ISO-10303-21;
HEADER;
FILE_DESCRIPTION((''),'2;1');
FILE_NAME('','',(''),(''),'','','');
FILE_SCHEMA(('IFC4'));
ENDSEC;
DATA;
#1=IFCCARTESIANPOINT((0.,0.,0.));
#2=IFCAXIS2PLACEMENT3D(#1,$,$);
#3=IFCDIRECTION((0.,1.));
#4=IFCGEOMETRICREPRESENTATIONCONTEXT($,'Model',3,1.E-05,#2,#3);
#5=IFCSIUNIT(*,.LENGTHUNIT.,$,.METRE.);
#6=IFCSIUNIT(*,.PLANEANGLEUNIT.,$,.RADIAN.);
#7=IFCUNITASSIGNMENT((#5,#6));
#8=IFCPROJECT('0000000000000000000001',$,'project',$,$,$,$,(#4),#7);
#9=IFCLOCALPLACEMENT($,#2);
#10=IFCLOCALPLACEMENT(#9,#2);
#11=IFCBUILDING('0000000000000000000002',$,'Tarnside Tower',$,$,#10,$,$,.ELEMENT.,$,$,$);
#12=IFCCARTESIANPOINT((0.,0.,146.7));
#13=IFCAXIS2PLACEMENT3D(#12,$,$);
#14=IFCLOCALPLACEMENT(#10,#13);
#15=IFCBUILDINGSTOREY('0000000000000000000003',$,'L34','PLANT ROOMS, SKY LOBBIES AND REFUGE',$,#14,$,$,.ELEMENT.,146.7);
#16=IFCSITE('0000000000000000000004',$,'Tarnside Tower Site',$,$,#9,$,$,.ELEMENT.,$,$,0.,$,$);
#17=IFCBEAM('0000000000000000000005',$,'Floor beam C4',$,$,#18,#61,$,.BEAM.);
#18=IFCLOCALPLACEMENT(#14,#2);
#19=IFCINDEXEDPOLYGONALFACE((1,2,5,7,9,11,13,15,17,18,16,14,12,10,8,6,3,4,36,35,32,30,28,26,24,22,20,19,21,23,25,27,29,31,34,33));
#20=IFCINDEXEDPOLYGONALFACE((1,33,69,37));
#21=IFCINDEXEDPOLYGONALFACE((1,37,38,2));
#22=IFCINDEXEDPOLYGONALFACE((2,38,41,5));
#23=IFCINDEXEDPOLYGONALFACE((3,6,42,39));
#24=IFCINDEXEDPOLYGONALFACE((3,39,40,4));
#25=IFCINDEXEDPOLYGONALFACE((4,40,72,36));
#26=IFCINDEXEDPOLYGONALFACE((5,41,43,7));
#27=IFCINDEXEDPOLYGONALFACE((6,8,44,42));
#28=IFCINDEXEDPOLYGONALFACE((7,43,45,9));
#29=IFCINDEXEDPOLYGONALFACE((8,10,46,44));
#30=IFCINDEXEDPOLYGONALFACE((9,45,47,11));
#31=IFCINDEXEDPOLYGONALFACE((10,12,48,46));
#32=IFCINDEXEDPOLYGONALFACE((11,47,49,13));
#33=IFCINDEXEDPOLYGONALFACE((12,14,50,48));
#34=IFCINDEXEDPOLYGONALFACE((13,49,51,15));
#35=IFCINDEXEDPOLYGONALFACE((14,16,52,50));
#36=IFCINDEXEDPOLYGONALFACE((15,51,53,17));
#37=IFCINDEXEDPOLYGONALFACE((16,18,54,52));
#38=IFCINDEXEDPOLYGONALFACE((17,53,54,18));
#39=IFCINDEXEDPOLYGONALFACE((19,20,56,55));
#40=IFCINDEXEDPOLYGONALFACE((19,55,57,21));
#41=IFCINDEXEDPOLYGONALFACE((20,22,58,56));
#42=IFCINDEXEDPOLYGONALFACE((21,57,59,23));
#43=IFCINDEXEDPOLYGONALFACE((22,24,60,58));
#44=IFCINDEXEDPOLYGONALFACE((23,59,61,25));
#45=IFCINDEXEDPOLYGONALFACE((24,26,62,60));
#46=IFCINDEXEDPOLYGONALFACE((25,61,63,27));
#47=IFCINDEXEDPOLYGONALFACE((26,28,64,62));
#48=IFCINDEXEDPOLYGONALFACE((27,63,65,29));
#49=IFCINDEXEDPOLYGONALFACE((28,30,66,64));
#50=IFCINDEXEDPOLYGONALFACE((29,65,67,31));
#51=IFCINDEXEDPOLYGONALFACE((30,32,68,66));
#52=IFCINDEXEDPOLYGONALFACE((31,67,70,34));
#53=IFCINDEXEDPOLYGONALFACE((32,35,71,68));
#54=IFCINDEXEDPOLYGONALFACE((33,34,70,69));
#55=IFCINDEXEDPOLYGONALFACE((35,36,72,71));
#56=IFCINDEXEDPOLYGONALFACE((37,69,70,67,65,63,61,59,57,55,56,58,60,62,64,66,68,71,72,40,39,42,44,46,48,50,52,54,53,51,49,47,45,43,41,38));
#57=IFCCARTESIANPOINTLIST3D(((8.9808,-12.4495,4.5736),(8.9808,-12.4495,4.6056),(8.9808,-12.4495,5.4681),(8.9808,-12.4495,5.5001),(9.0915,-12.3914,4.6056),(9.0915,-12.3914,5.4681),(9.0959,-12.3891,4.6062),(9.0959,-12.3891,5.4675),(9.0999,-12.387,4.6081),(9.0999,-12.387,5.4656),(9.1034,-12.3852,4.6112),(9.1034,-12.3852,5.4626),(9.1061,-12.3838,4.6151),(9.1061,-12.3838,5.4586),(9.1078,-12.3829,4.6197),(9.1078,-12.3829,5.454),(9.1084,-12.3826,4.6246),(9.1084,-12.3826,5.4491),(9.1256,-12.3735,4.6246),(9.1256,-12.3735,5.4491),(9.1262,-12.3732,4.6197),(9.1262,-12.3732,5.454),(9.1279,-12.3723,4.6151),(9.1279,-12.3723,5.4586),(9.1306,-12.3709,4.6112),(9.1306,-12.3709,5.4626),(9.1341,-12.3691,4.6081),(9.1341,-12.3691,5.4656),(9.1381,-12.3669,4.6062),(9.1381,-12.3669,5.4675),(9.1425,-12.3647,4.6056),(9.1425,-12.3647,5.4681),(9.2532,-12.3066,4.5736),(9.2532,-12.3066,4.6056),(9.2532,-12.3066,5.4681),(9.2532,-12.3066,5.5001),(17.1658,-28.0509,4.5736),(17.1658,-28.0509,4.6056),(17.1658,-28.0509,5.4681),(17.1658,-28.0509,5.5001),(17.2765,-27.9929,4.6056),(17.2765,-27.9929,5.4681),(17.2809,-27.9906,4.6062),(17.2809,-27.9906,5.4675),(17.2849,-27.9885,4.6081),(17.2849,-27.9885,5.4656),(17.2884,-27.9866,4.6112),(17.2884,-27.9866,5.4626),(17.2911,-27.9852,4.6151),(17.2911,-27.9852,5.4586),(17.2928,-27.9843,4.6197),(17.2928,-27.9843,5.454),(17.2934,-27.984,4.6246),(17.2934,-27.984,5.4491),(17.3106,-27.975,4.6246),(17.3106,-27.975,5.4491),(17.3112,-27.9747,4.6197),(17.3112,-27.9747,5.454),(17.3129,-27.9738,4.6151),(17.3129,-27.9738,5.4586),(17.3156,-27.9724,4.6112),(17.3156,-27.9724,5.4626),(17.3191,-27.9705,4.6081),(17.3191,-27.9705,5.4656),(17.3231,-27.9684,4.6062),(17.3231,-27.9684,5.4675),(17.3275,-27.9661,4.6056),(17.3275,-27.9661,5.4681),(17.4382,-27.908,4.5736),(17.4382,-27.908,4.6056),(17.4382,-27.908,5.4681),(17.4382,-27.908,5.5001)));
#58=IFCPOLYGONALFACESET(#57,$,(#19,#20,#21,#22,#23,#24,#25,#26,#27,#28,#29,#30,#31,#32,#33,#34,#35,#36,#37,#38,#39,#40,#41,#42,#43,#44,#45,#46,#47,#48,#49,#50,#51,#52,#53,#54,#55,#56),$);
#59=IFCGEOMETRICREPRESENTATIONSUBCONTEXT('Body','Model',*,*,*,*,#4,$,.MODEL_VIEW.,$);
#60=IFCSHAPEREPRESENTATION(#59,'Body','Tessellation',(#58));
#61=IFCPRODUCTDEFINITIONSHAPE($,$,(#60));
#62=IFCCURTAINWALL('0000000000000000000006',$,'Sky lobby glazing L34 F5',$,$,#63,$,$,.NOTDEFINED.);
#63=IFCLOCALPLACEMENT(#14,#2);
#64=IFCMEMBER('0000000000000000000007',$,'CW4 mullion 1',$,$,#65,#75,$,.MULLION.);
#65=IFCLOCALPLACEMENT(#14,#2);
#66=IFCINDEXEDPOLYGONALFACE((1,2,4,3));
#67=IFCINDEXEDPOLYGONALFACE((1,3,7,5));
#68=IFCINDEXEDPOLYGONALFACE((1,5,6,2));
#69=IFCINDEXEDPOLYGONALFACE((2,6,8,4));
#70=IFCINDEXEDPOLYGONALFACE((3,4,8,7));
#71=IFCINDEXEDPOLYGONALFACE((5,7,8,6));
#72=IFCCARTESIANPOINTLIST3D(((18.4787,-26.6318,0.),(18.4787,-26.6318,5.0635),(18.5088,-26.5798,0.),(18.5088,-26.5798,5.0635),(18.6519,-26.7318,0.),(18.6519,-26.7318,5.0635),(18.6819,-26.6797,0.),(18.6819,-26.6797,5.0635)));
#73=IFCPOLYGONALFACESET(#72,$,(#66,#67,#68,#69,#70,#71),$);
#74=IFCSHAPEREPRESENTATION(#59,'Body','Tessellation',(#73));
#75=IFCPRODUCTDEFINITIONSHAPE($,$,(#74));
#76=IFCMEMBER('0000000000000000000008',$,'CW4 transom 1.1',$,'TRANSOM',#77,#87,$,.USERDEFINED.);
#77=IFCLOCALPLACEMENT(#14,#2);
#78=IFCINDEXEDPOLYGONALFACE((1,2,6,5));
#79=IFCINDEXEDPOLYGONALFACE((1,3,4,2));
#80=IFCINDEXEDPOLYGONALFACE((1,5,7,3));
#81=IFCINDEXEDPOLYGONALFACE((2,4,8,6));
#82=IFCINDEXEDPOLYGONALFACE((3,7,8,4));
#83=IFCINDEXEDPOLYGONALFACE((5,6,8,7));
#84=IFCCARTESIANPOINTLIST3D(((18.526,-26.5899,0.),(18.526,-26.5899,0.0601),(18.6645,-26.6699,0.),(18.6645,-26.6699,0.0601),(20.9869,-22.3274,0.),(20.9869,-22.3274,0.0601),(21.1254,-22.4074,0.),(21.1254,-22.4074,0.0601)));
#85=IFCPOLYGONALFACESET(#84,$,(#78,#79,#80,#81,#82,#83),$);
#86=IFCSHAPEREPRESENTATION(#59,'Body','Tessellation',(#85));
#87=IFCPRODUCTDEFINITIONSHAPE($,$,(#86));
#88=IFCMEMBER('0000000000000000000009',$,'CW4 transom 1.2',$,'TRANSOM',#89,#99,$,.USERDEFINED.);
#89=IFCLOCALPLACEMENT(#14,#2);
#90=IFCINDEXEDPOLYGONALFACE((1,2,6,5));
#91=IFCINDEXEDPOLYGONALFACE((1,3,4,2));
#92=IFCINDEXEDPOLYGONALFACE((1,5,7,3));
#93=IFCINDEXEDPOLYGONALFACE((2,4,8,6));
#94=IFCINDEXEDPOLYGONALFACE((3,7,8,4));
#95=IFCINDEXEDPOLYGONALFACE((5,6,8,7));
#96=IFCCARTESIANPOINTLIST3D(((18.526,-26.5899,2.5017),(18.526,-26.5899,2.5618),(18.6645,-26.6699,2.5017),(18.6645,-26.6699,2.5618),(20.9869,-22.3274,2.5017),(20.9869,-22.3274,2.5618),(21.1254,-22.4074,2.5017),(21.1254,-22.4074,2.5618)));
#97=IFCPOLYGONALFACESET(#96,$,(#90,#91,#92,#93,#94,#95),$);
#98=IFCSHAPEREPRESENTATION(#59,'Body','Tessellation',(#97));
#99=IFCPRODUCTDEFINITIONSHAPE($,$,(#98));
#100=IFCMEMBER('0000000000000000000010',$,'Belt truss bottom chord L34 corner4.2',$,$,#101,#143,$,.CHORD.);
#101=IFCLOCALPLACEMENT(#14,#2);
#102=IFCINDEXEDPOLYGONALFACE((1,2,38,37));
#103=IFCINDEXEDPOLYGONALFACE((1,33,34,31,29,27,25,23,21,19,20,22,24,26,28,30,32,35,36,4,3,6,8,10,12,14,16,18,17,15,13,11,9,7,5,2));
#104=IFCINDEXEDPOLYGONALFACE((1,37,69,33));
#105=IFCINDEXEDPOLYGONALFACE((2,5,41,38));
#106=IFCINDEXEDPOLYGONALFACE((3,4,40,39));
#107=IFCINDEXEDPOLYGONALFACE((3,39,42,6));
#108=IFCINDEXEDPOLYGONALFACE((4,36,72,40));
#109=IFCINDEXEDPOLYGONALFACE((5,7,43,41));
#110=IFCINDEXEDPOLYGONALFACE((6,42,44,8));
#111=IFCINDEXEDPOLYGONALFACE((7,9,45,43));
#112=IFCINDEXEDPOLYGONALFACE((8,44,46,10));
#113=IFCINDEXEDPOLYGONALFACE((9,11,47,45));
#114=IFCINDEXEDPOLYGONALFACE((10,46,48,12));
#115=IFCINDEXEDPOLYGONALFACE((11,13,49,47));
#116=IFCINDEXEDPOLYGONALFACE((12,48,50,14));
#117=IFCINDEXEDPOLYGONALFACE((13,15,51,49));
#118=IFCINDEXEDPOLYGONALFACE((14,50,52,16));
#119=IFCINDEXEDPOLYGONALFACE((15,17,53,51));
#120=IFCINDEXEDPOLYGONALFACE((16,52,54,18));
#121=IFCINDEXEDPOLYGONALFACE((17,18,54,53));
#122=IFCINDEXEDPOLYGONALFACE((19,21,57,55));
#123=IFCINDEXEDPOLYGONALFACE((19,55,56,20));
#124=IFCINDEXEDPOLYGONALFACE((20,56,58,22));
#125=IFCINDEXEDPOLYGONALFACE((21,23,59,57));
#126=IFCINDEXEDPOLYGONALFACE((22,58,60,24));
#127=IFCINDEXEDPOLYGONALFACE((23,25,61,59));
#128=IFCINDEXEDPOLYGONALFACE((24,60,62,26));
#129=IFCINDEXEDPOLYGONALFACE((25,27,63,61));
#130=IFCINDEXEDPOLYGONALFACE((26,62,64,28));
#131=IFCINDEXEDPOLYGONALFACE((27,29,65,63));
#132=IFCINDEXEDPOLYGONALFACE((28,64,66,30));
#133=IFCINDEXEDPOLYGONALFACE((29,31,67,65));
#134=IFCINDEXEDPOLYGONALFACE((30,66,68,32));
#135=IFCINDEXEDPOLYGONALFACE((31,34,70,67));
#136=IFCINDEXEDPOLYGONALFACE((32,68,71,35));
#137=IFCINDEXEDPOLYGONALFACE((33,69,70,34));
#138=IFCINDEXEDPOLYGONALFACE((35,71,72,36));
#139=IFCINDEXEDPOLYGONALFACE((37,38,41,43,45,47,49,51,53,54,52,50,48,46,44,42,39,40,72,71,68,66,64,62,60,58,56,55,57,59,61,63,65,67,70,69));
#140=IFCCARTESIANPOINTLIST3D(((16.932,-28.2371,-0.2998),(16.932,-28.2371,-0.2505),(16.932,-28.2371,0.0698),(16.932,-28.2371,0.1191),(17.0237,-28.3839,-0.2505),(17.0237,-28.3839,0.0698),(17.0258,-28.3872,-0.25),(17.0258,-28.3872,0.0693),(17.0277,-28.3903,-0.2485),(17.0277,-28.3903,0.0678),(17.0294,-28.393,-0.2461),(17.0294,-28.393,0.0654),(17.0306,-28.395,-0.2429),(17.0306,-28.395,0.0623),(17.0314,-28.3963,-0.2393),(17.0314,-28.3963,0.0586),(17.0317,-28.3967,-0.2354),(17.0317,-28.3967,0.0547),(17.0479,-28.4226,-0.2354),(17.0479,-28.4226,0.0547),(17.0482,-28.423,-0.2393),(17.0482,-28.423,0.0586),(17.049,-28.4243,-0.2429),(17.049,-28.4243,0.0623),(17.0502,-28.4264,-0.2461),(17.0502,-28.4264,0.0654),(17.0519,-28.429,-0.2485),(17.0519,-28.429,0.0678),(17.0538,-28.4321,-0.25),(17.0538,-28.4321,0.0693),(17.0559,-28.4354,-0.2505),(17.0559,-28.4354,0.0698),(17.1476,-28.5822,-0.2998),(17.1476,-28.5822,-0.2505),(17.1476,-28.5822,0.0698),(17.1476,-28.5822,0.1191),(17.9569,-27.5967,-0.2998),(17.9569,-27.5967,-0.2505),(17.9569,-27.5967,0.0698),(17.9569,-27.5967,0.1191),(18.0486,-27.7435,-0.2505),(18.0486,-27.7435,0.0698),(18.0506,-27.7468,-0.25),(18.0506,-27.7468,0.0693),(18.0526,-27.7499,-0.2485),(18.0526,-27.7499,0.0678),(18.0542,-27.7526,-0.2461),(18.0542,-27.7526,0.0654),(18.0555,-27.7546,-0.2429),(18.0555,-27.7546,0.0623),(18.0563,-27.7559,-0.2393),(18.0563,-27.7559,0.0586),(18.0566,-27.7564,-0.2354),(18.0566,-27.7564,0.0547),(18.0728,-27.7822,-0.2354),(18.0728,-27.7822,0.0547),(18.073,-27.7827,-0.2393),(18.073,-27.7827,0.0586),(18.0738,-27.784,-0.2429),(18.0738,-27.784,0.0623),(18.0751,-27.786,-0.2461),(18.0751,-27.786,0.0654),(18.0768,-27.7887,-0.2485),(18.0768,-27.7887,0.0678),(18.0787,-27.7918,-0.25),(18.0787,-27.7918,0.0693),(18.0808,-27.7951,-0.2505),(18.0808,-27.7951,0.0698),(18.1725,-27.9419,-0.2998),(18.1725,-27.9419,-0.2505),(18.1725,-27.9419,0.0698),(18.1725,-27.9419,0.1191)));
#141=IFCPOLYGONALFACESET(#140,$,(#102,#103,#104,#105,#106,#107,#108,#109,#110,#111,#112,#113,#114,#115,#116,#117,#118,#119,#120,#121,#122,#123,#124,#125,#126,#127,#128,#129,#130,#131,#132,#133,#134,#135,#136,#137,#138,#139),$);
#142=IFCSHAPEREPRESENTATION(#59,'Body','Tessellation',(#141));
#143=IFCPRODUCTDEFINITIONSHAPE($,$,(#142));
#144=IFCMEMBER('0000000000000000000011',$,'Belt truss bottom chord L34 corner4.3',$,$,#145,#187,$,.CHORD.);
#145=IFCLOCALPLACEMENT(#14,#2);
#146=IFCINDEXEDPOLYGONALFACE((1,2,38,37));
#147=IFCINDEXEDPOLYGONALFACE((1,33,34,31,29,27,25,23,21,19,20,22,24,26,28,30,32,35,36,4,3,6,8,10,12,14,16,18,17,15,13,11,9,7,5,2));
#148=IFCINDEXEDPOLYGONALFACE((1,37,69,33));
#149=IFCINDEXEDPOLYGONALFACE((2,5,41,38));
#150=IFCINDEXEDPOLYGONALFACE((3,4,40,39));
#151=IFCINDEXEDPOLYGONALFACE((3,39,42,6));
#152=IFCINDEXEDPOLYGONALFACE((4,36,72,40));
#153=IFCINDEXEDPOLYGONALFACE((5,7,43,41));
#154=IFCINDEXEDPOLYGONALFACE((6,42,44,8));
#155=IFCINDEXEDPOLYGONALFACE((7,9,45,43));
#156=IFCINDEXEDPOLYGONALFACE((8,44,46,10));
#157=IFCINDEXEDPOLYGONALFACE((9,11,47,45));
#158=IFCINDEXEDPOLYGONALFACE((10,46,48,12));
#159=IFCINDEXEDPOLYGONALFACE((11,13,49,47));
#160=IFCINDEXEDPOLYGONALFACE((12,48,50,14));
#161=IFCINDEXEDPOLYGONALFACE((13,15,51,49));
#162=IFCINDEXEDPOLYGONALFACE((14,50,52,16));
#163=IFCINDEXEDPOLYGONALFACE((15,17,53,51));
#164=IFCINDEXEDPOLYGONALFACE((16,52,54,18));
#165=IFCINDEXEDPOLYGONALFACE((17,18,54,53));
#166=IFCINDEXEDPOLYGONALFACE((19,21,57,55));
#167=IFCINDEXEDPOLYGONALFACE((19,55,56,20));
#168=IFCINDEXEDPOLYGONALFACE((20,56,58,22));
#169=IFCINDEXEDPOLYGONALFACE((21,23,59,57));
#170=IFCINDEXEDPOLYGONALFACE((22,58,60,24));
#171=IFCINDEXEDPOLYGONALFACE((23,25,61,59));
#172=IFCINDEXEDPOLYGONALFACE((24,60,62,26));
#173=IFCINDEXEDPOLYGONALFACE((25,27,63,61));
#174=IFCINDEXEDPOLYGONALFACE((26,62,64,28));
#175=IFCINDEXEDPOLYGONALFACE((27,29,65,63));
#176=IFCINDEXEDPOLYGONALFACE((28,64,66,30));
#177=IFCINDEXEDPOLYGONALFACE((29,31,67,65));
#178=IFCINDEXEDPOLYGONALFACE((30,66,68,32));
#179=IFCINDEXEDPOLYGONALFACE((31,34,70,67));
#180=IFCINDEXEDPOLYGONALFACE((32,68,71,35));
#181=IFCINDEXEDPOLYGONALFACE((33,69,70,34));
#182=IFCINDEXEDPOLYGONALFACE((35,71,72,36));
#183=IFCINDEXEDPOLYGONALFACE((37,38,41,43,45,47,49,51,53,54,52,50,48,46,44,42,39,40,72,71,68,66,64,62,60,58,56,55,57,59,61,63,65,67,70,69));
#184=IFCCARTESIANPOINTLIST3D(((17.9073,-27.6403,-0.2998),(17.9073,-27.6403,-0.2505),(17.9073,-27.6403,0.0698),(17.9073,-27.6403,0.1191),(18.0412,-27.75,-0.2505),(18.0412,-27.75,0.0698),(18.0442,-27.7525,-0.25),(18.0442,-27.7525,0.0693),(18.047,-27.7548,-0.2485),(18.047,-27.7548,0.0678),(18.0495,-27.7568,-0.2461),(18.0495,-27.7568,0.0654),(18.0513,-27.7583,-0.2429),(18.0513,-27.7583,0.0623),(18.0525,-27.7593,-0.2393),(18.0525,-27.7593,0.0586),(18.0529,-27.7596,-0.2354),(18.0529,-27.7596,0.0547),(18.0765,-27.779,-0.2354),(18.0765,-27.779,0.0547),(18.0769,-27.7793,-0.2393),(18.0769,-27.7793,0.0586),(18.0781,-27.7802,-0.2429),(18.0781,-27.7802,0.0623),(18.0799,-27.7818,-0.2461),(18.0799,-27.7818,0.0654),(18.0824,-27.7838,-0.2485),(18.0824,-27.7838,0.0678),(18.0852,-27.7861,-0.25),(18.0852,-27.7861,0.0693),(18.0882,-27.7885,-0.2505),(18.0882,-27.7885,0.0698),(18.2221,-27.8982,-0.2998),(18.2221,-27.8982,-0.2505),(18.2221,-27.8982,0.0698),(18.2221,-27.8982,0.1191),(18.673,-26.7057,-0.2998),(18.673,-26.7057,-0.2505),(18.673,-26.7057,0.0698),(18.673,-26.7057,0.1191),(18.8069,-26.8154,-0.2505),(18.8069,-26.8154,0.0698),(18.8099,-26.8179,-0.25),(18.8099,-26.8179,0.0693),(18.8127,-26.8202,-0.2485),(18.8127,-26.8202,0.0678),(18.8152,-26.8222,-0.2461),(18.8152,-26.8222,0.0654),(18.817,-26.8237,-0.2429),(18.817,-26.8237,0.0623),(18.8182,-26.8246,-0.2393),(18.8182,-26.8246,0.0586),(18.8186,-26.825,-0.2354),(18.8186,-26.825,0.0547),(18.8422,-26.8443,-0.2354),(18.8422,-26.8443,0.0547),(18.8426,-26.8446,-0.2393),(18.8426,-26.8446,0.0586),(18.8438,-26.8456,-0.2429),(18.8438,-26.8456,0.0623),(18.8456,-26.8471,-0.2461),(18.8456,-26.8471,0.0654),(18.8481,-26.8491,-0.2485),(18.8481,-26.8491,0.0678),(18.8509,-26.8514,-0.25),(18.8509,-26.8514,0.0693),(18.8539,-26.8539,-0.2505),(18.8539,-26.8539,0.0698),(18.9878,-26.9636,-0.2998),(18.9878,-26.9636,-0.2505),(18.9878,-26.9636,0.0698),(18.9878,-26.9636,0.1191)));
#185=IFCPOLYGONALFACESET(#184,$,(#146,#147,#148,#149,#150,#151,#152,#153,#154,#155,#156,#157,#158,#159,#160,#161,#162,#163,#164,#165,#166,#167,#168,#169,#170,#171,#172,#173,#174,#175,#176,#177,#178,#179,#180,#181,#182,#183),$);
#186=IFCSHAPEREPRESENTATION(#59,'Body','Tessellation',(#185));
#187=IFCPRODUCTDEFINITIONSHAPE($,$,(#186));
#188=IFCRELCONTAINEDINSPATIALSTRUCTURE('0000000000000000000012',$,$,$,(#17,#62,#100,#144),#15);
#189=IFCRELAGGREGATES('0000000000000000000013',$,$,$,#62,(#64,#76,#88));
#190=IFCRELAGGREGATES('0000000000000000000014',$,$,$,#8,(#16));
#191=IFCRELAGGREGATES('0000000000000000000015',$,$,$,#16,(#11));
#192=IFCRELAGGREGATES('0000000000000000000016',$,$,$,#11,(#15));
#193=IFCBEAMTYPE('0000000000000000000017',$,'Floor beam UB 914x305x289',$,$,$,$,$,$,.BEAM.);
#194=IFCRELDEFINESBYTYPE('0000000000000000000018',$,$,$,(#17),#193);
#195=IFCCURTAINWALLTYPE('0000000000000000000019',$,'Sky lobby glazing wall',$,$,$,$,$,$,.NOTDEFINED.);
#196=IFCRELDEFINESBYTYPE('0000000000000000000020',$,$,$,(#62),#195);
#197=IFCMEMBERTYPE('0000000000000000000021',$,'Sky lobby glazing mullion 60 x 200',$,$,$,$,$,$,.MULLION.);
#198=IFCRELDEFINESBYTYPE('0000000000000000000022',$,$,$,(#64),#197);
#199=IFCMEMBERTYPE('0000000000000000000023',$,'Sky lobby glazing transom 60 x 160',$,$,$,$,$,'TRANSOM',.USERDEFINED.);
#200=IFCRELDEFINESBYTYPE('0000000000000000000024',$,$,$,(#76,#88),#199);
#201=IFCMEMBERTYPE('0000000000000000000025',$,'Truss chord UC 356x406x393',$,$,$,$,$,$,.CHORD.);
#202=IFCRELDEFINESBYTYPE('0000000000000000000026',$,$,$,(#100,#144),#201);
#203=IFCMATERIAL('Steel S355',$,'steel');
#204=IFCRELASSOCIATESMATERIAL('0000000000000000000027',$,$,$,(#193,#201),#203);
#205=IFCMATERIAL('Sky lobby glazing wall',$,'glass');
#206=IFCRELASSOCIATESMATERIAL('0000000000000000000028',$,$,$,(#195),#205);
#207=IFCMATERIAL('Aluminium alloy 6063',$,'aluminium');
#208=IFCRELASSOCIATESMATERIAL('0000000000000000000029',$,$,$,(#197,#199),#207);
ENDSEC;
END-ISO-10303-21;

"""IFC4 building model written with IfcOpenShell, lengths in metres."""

from ifc_helpers import new_model, si_unit, direction, frame, origin, origin_2d, place, context, subcontext, project, spatial, rectangle, i_section, extrude, material, material_profile, profile_set, type_object, element, aggregate, save


model = new_model("IFC4")

# Units and contexts
model_context = context("Model", 3, precision=1e-05, world=origin(), true_north=direction((0.0, 1.0)))
body_context = subcontext(model_context, "Body", "Model", "MODEL_VIEW")
ifc_project = project(units=[si_unit("LENGTHUNIT", "METRE"), si_unit("PLANEANGLEUNIT", "RADIAN")], contexts=[model_context])

# Site, building, storey
site_placement = place(None, origin())
site = spatial("IfcSite", under=ifc_project, at=site_placement, Name="Tarnside Tower Site", CompositionType="ELEMENT", RefElevation=0.0)
building_placement = place(site_placement, origin())
building = spatial("IfcBuilding", under=site, at=building_placement, Name="Tarnside Tower", CompositionType="ELEMENT")
storey_placement = place(building_placement, frame((0.0, 0.0, 146.7)))
storey = spatial("IfcBuildingStorey", under=building, at=storey_placement, Name="L34", Description="PLANT ROOMS, SKY LOBBIES AND REFUGE", CompositionType="ELEMENT", Elevation=146.7)

# Beam
ifc_material_1 = material(Name="Steel S355", Category="steel")
ifc_material_profile_1 = material_profile(ifc_material_1, i_section(OverallWidth=0.3076, OverallDepth=0.9265, WebThickness=0.0195, FlangeThickness=0.032, FilletRadius=0.019, at=origin_2d()), Name="UB 914x305x289")
ifc_profile_set_1 = profile_set([ifc_material_profile_1], Name="Steel S355")
beam_type = type_object("IfcBeamType", Name="Floor beam UB 914x305x289", PredefinedType="BEAM", material=ifc_profile_set_1)
beam_placement = place(storey_placement, frame((17.302, -27.9795, 5.0369), z_axis=(-0.464578, 0.885532, 0.0), x_axis=(-0.885532, -0.464578, 0.0)))
element("IfcBeam", 1, at=beam_placement, inside=storey, type_object=beam_type, Name="Floor beam C4", PredefinedType="BEAM", context=body_context, shape_type="SweptSolid", body=[
    extrude(i_section(OverallWidth=0.3076, OverallDepth=0.9265, WebThickness=0.0195, FlangeThickness=0.032, FilletRadius=0.019, at=origin_2d()), origin(), (0.0, 0.0, 1.0), 17.6182),
])

# Curtain wall, members
ifc_material_2 = material(Name="Sky lobby glazing wall", Category="glass")
curtain_wall_type = type_object("IfcCurtainWallType", Name="Sky lobby glazing wall", PredefinedType="NOTDEFINED", material=ifc_material_2)
curtain_wall_placement = place(storey_placement, origin())
curtain_wall = element("IfcCurtainWall", 2, at=curtain_wall_placement, inside=storey, type_object=curtain_wall_type, Name="Sky lobby glazing L34 F5", PredefinedType="NOTDEFINED")
ifc_material_3 = material(Name="Aluminium alloy 6063", Category="aluminium")
ifc_material_profile_2 = material_profile(ifc_material_3, rectangle(XDim=0.2, YDim=0.0601, at=origin_2d()), Name="Sky lobby glazing mullion 60 x 200")
ifc_profile_set_2 = profile_set([ifc_material_profile_2], Name="Aluminium alloy 6063")
member_type_1 = type_object("IfcMemberType", Name="Sky lobby glazing mullion 60 x 200", PredefinedType="MULLION", material=ifc_profile_set_2)
member_1_placement = place(storey_placement, frame((18.5803, -26.6558, 0.0), z_axis=(0.0, 0.0, 1.0), x_axis=(-0.866025, 0.5, 0.0)))
member_1 = element("IfcMember", 3, at=member_1_placement, type_object=member_type_1, Name="CW4 mullion 1", PredefinedType="MULLION", context=body_context, shape_type="SweptSolid", body=[
    extrude(rectangle(XDim=0.2, YDim=0.0601, at=origin_2d()), origin(), (0.0, 0.0, 1.0), 5.0635),
])
ifc_material_profile_3 = material_profile(ifc_material_3, rectangle(XDim=0.1599, YDim=0.0601, at=origin_2d()), Name="Sky lobby glazing transom 60 x 160")
ifc_profile_set_3 = profile_set([ifc_material_profile_3], Name="Aluminium alloy 6063")
member_type_2 = type_object("IfcMemberType", Name="Sky lobby glazing transom 60 x 160", ElementType="TRANSOM", PredefinedType="USERDEFINED", material=ifc_profile_set_3)
member_2_placement = place(storey_placement, frame((18.5952, -26.6299, 0.03), z_axis=(0.500002, 0.866025, 0.0), x_axis=(-0.866025, 0.500002, 0.0)))
member_2 = element("IfcMember", 4, at=member_2_placement, type_object=member_type_2, Name="CW4 transom 1.1", ObjectType="TRANSOM", PredefinedType="USERDEFINED", context=body_context, shape_type="SweptSolid", body=[
    extrude(rectangle(XDim=0.1599, YDim=0.0601, at=origin_2d()), origin(), (0.0, 0.0, 1.0), 4.9219),
])
member_3_placement = place(storey_placement, frame((18.5952, -26.6299, 2.5317), z_axis=(0.500002, 0.866025, 0.0), x_axis=(-0.866025, 0.500002, 0.0)))
member_3 = element("IfcMember", 5, at=member_3_placement, type_object=member_type_2, Name="CW4 transom 1.2", ObjectType="TRANSOM", PredefinedType="USERDEFINED", context=body_context, shape_type="SweptSolid", body=[
    extrude(rectangle(XDim=0.1599, YDim=0.0601, at=origin_2d()), origin(), (0.0, 0.0, 1.0), 4.9219),
])
aggregate(curtain_wall, [member_1, member_2, member_3])

# Members
ifc_material_profile_4 = material_profile(ifc_material_1, i_section(OverallWidth=0.407, OverallDepth=0.4189, WebThickness=0.0305, FlangeThickness=0.0493, FilletRadius=0.0151, at=origin_2d()), Name="UC 356x406x393")
ifc_profile_set_4 = profile_set([ifc_material_profile_4], Name="Steel S355")
member_type_3 = type_object("IfcMemberType", Name="Truss chord UC 356x406x393", PredefinedType="CHORD", material=ifc_profile_set_4)
member_4_placement = place(storey_placement, frame((17.0398, -28.4097, -0.0903), z_axis=(0.848066, 0.52989, 0.0), x_axis=(-0.52989, 0.848066, 0.0)))
element("IfcMember", 6, at=member_4_placement, inside=storey, type_object=member_type_3, Name="Belt truss bottom chord L34 corner4.2", PredefinedType="CHORD", context=body_context, shape_type="SweptSolid", body=[
    extrude(i_section(OverallWidth=0.407, OverallDepth=0.4189, WebThickness=0.0305, FlangeThickness=0.0493, FilletRadius=0.0151, at=origin_2d()), origin(), (0.0, 0.0, 1.0), 1.2085),
])
member_5_placement = place(storey_placement, frame((18.0647, -27.7693, -0.0903), z_axis=(0.633722, 0.773561, 0.0), x_axis=(-0.773561, 0.633722, 0.0)))
element("IfcMember", 7, at=member_5_placement, inside=storey, type_object=member_type_3, Name="Belt truss bottom chord L34 corner4.3", PredefinedType="CHORD", context=body_context, shape_type="SweptSolid", body=[
    extrude(i_section(OverallWidth=0.407, OverallDepth=0.4189, WebThickness=0.0305, FlangeThickness=0.0493, FilletRadius=0.0151, at=origin_2d()), origin(), (0.0, 0.0, 1.0), 1.2083),
])

save(model, "model.ifc")
